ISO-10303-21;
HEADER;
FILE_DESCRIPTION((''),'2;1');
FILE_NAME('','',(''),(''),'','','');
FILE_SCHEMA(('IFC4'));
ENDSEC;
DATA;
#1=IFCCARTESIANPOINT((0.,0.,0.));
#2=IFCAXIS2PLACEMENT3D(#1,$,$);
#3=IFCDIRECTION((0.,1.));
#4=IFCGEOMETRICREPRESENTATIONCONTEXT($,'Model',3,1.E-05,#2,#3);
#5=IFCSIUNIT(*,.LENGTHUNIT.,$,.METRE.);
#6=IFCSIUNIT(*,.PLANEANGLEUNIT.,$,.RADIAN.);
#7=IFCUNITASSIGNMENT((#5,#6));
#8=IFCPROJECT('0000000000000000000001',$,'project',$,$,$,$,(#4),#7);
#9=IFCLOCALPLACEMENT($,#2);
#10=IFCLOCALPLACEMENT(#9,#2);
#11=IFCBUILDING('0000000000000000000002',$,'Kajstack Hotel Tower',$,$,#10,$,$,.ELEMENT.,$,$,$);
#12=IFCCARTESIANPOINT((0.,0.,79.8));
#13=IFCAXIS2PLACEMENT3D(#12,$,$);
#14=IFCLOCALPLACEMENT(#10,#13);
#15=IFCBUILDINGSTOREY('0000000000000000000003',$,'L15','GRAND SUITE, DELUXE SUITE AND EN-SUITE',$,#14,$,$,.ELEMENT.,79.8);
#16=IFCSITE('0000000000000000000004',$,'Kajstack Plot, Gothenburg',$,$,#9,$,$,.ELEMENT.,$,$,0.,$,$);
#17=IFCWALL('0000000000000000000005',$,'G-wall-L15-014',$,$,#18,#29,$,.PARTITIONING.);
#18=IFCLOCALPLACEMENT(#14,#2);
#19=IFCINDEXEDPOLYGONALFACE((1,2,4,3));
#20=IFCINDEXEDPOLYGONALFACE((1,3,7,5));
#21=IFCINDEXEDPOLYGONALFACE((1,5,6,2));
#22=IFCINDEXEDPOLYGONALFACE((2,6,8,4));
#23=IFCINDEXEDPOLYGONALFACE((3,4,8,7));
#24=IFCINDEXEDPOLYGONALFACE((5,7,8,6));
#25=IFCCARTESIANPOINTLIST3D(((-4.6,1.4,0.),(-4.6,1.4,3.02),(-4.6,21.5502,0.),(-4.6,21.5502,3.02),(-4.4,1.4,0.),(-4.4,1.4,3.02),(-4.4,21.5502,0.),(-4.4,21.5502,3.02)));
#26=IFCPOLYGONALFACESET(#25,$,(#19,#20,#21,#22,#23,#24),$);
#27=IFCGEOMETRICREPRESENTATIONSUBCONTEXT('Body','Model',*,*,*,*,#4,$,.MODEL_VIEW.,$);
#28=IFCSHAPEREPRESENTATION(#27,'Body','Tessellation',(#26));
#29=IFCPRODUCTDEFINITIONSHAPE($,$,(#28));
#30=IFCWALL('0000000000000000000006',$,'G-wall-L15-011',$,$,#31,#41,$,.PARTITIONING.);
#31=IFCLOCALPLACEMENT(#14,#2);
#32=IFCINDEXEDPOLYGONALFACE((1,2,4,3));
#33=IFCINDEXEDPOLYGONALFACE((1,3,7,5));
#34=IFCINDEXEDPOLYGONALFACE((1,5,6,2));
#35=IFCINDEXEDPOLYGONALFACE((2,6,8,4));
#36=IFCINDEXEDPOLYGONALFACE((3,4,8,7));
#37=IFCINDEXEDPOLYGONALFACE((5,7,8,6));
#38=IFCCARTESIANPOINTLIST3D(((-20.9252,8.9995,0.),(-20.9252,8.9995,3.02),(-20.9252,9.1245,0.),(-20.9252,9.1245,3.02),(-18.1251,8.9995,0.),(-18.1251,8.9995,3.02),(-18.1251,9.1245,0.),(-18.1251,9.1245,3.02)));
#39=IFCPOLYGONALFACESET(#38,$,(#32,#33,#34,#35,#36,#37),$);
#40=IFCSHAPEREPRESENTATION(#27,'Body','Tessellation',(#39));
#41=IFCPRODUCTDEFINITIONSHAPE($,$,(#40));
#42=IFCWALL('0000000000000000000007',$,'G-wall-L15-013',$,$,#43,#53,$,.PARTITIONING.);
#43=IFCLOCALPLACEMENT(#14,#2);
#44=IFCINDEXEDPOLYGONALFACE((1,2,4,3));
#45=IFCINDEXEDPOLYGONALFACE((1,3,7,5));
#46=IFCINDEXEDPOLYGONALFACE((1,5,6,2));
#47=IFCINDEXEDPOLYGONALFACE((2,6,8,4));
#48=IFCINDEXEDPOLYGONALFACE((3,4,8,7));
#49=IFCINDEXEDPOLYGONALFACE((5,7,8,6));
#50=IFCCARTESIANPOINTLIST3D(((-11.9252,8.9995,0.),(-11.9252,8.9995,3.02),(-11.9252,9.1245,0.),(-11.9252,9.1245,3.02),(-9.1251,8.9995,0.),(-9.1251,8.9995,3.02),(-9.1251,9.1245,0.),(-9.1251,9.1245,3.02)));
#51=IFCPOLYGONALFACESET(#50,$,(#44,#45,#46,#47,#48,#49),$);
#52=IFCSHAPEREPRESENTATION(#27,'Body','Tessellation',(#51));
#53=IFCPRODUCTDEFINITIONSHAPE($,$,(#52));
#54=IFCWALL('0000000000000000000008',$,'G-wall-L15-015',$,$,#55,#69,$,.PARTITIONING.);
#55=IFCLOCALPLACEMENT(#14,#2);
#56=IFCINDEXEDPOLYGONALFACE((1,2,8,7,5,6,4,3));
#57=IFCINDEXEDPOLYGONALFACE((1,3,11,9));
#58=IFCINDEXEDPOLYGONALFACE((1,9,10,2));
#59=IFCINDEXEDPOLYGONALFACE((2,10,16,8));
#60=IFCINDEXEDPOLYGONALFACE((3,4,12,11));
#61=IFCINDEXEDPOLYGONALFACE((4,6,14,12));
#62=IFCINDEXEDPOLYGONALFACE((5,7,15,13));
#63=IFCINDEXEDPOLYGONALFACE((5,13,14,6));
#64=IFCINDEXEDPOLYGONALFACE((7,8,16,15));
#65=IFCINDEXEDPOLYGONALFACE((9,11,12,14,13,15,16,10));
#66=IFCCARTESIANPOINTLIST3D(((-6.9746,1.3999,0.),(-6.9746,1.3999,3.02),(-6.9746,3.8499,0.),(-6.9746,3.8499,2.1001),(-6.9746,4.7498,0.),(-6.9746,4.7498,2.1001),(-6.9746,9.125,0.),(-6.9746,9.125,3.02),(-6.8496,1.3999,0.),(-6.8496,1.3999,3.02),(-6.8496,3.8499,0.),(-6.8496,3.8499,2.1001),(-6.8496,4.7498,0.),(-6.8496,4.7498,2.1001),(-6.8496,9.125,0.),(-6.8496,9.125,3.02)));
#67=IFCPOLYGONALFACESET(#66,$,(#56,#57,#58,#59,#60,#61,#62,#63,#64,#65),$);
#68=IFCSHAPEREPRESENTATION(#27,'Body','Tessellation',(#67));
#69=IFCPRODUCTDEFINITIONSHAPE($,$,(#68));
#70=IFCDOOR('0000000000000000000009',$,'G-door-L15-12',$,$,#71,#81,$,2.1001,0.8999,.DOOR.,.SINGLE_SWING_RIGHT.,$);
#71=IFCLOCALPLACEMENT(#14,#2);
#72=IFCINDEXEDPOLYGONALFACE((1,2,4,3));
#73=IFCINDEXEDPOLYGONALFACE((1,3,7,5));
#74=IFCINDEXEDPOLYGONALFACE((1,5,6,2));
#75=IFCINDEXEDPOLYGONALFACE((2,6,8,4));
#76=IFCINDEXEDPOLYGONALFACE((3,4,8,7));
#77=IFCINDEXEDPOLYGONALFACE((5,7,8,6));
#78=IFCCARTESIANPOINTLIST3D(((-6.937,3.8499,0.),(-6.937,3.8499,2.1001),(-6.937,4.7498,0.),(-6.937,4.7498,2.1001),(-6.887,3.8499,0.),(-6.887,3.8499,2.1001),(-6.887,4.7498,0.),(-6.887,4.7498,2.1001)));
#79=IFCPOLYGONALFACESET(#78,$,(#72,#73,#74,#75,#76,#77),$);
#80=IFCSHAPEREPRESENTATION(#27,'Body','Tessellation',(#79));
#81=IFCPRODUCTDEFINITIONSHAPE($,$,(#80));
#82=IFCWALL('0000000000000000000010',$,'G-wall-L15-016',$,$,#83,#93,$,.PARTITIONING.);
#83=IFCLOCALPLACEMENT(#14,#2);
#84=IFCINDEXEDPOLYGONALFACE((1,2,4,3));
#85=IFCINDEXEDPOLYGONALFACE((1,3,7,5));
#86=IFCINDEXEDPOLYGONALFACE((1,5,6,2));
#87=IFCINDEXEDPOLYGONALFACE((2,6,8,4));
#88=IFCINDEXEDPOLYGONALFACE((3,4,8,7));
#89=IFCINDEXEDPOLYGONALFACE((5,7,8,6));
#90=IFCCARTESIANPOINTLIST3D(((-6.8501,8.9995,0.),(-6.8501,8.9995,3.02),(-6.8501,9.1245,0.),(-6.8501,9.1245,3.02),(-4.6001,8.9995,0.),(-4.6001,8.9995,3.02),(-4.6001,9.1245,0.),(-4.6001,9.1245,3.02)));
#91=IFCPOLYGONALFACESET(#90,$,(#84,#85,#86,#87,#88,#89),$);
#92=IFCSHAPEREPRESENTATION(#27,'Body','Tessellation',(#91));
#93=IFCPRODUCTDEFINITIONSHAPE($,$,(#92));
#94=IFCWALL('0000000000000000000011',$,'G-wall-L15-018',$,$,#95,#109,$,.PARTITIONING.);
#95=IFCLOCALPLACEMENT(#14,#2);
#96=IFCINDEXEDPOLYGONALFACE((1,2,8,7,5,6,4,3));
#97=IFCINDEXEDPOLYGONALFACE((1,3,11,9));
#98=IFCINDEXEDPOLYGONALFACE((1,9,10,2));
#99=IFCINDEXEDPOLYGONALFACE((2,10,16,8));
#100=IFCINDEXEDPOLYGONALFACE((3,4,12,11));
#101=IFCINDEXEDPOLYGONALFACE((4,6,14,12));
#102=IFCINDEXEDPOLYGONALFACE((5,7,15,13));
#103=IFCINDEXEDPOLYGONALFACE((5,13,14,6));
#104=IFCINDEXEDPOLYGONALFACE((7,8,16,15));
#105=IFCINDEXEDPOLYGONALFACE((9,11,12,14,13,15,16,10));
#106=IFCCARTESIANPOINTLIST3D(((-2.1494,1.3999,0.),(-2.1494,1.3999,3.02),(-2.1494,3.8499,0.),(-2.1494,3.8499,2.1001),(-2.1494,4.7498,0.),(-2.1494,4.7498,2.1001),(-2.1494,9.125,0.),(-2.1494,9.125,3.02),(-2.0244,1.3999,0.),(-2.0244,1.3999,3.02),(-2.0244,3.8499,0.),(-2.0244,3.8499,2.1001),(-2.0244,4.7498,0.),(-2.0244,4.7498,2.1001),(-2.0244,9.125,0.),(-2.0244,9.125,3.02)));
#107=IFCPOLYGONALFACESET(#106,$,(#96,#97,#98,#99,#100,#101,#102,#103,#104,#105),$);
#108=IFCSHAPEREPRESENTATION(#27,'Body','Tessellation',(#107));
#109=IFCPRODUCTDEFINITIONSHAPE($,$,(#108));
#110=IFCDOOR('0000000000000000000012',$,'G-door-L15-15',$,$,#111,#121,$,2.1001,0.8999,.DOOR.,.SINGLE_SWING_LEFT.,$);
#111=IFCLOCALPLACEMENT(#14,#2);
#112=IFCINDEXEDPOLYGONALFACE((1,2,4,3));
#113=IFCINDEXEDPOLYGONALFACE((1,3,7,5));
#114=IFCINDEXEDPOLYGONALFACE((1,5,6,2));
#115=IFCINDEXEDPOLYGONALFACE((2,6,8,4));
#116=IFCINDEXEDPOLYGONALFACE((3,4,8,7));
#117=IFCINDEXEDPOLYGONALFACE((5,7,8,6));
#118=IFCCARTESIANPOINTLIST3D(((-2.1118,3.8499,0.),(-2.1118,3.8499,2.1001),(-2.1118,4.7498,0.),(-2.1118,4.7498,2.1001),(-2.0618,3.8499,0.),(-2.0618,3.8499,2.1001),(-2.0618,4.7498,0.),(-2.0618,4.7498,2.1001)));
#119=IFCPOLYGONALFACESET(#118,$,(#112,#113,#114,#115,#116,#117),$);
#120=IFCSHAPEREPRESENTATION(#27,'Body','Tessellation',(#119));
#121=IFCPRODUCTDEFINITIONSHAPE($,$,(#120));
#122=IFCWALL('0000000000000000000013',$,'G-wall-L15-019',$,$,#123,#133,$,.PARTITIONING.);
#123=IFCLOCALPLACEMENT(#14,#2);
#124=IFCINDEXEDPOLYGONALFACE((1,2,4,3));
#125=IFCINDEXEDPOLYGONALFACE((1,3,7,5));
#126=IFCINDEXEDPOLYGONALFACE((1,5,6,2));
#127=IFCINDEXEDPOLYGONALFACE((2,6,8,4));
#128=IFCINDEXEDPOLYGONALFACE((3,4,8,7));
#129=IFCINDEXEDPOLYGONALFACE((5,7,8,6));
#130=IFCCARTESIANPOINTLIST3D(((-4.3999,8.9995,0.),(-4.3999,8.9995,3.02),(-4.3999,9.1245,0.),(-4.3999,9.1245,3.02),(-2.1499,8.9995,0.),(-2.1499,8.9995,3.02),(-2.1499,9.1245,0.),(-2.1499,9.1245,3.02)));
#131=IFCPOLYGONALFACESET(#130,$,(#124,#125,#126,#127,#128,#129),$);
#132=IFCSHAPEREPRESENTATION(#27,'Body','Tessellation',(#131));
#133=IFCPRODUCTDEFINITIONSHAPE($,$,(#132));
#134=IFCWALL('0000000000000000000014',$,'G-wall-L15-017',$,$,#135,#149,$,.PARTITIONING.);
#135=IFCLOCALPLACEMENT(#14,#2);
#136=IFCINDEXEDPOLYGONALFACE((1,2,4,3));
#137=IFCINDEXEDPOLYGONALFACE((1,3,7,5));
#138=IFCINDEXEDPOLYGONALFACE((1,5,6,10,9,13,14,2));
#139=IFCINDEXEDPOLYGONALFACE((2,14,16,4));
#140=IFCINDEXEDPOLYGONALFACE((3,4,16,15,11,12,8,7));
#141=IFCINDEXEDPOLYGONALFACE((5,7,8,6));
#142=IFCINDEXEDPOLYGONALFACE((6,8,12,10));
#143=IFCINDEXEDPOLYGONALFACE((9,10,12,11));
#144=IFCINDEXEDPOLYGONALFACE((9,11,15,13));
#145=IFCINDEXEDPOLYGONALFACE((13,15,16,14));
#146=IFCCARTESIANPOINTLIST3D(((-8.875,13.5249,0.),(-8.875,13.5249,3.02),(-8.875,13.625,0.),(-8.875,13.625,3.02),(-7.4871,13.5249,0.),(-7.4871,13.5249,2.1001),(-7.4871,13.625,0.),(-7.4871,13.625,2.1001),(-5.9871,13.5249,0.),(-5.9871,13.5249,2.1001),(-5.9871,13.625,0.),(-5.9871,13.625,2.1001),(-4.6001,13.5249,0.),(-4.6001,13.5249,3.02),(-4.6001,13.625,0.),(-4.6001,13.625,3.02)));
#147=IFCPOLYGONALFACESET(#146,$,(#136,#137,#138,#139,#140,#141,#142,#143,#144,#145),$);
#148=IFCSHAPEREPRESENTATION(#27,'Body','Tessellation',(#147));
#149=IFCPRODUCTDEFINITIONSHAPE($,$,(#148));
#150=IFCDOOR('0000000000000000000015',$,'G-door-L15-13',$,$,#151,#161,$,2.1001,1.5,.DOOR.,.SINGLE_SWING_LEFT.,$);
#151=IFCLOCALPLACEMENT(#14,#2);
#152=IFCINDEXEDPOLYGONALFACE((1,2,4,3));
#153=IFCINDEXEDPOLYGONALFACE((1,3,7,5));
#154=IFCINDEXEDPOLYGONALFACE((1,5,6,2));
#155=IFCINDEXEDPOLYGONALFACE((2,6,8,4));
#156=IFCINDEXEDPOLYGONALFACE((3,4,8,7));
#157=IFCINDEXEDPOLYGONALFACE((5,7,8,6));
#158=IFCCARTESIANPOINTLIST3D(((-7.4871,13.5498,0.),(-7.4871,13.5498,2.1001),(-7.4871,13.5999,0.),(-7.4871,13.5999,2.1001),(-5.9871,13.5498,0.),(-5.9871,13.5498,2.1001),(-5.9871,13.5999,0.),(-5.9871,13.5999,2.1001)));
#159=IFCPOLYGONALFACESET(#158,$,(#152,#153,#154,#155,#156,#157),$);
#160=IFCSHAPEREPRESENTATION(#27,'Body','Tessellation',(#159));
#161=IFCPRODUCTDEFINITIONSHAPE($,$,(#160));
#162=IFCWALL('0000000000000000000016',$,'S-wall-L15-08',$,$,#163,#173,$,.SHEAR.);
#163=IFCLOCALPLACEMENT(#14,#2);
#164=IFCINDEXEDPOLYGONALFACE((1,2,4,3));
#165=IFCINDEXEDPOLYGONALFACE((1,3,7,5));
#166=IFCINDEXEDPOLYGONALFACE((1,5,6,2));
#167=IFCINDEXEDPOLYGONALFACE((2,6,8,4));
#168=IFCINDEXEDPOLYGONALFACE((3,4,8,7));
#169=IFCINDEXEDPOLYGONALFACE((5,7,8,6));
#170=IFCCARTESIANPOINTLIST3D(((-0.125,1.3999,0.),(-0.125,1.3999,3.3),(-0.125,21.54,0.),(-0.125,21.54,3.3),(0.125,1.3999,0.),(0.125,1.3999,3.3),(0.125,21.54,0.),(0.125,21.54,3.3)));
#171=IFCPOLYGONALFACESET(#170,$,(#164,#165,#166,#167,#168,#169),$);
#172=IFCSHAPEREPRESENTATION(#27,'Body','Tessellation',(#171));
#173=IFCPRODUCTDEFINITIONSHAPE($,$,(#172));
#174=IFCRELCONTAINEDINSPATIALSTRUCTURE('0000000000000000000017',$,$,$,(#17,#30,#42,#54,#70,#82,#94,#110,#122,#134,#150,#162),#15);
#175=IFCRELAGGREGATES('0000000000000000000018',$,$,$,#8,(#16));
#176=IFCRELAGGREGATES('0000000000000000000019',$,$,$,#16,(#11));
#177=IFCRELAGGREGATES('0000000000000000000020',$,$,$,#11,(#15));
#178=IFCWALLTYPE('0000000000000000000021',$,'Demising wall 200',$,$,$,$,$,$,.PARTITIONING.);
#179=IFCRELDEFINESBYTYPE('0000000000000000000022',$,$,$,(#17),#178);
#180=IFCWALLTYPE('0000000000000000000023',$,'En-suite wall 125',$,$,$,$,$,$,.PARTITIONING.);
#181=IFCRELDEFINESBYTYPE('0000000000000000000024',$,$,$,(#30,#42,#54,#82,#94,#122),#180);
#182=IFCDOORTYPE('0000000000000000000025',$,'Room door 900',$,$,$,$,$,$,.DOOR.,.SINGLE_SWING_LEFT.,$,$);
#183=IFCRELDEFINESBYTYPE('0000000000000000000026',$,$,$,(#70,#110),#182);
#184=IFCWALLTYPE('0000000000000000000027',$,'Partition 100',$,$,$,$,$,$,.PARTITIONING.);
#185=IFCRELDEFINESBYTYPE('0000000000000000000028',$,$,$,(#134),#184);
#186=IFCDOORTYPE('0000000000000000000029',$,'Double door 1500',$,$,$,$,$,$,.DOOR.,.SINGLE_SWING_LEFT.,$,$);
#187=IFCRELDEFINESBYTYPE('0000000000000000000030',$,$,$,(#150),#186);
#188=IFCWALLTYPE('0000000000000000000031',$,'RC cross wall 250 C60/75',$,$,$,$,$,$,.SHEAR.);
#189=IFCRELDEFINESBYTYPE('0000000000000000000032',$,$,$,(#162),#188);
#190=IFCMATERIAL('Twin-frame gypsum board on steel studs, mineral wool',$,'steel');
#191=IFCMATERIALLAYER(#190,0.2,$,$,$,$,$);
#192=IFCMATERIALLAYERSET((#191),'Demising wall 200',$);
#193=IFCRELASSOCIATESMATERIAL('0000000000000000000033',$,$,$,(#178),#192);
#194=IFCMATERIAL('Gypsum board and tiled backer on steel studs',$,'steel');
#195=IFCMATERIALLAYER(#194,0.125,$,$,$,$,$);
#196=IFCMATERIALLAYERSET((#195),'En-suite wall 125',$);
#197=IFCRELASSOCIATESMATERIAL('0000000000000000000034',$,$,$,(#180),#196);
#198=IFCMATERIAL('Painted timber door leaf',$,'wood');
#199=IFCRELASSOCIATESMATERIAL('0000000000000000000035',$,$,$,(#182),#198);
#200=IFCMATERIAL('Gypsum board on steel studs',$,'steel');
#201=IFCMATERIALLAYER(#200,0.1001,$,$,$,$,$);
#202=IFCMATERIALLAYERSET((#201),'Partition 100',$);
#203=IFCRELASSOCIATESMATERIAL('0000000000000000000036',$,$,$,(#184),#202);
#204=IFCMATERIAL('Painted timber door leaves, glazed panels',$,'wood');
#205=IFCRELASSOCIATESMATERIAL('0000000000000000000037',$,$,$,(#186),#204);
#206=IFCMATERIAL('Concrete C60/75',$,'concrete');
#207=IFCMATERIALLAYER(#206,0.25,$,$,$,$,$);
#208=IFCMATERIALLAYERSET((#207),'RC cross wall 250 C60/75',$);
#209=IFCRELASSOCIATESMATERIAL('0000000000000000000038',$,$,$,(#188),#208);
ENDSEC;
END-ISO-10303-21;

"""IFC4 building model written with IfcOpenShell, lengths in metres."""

from ifc_helpers import new_model, si_unit, direction, frame, frame_2d, origin, place, context, subcontext, project, spatial, rectangle, extrude, material, layer, layer_set, type_object, element, fill, save


model = new_model("IFC4")

# Units and contexts
model_context = context("Model", 3, precision=1e-05, world=origin(), true_north=direction((0.0, 1.0)))
body_context = subcontext(model_context, "Body", "Model", "MODEL_VIEW")
ifc_project = project(units=[si_unit("LENGTHUNIT", "METRE"), si_unit("PLANEANGLEUNIT", "RADIAN")], contexts=[model_context])

# Site, building, storey
site_placement = place(None, origin())
site = spatial("IfcSite", under=ifc_project, at=site_placement, Name="Kajstack Plot, Gothenburg", CompositionType="ELEMENT", RefElevation=0.0)
building_placement = place(site_placement, origin())
building = spatial("IfcBuilding", under=site, at=building_placement, Name="Kajstack Hotel Tower", CompositionType="ELEMENT")
storey_placement = place(building_placement, frame((0.0, 0.0, 79.8)))
storey = spatial("IfcBuildingStorey", under=building, at=storey_placement, Name="L15", Description="GRAND SUITE, DELUXE SUITE AND EN-SUITE", CompositionType="ELEMENT", Elevation=79.8)

# Walls
ifc_material_1 = material(Name="Twin-frame gypsum board on steel studs, mineral wool", Category="steel")
ifc_layer_1 = layer(ifc_material_1, 0.2)
ifc_layer_set_1 = layer_set([ifc_layer_1], Name="Demising wall 200")
wall_type_1 = type_object("IfcWallType", Name="Demising wall 200", PredefinedType="PARTITIONING", material=ifc_layer_set_1)
wall_1_placement = place(storey_placement, frame((-4.5, 1.3999, 0.0), z_axis=(0.0, 0.0, 1.0), x_axis=(0.0, 1.0, 0.0)))
element("IfcWall", 1, at=wall_1_placement, inside=storey, type_object=wall_type_1, Name="G-wall-L15-014", PredefinedType="PARTITIONING", context=body_context, shape_type="SweptSolid", body=[
    extrude(rectangle(XDim=20.1501, YDim=0.2, at=frame_2d((10.0752, 0.0))), origin(), (0.0, 0.0, 1.0), 3.02),
])
ifc_material_2 = material(Name="Gypsum board and tiled backer on steel studs", Category="steel")
ifc_layer_2 = layer(ifc_material_2, 0.125)
ifc_layer_set_2 = layer_set([ifc_layer_2], Name="En-suite wall 125")
wall_type_2 = type_object("IfcWallType", Name="En-suite wall 125", PredefinedType="PARTITIONING", material=ifc_layer_set_2)
for number, where, z_axis, x_axis, name in (
    (2, (-20.925, 9.062, 0.0), (0.0, 0.0, 1.0), (1.0, 0.0, 0.0), "G-wall-L15-011"),
    (3, (-11.925, 9.062, 0.0), (0.0, 0.0, 1.0), (1.0, 0.0, 0.0), "G-wall-L15-013"),
):
    element("IfcWall", number, at=place(storey_placement, frame(where, z_axis=z_axis, x_axis=x_axis)), inside=storey, type_object=wall_type_2, Name=name, PredefinedType="PARTITIONING", context=body_context, shape_type="SweptSolid", body=[
        extrude(rectangle(XDim=2.8, YDim=0.125, at=frame_2d((1.3999, 0.0))), origin(), (0.0, 0.0, 1.0), 3.02),
    ])

# Wall, opening, door
wall_2_placement = place(storey_placement, frame((-6.9121, 1.3999, 0.0), z_axis=(0.0, 0.0, 1.0), x_axis=(0.0, 1.0, 0.0)))
wall_2 = element("IfcWall", 4, at=wall_2_placement, inside=storey, type_object=wall_type_2, Name="G-wall-L15-015", PredefinedType="PARTITIONING", context=body_context, shape_type="SweptSolid", body=[
    extrude(rectangle(XDim=7.7251, YDim=0.125, at=frame_2d((3.8625, 0.0))), origin(), (0.0, 0.0, 1.0), 3.02),
])
opening_1_placement = place(wall_2_placement, frame((2.45, 0.0, 0.0)))
opening_1 = element("IfcOpeningElement", 5, at=opening_1_placement, cuts=wall_2, PredefinedType="OPENING", context=body_context, shape_type="SweptSolid", body=[
    extrude(rectangle(XDim=0.8999, YDim=2.1001, at=frame_2d((0.45, 1.05))), frame((0.0, 0.0725, 0.0), z_axis=(0.0, -1.0, 0.0), x_axis=(1.0, 0.0, 0.0)), (0.0, 0.0, 1.0), 0.145),
])
ifc_material_3 = material(Name="Painted timber door leaf", Category="wood")
door_type_1 = type_object("IfcDoorType", Name="Room door 900", OperationType="SINGLE_SWING_LEFT", PredefinedType="DOOR", material=ifc_material_3)
door_1_placement = place(opening_1_placement, origin())
door_1 = element("IfcDoor", 6, at=door_1_placement, inside=storey, type_object=door_type_1, Name="G-door-L15-12", OperationType="SINGLE_SWING_RIGHT", OverallHeight=2.1001, OverallWidth=0.8999, PredefinedType="DOOR", context=body_context, shape_type="SweptSolid", body=[
    extrude(rectangle(XDim=0.8999, YDim=2.1001, at=frame_2d((0.45, 1.05))), frame((0.0, 0.0249, 0.0), z_axis=(0.0, -1.0, 0.0), x_axis=(1.0, 0.0, 0.0)), (0.0, 0.0, 1.0), 0.05),
])
fill(opening_1, door_1)

# Wall
wall_3_placement = place(storey_placement, frame((-6.8501, 9.062, 0.0), z_axis=(0.0, 0.0, 1.0), x_axis=(1.0, 0.0, 0.0)))
element("IfcWall", 7, at=wall_3_placement, inside=storey, type_object=wall_type_2, Name="G-wall-L15-016", PredefinedType="PARTITIONING", context=body_context, shape_type="SweptSolid", body=[
    extrude(rectangle(XDim=2.25, YDim=0.125, at=frame_2d((1.125, 0.0))), origin(), (0.0, 0.0, 1.0), 3.02),
])

# Wall, opening, door
wall_4_placement = place(storey_placement, frame((-2.0869, 1.3999, 0.0), z_axis=(0.0, 0.0, 1.0), x_axis=(0.0, 1.0, 0.0)))
wall_4 = element("IfcWall", 8, at=wall_4_placement, inside=storey, type_object=wall_type_2, Name="G-wall-L15-018", PredefinedType="PARTITIONING", context=body_context, shape_type="SweptSolid", body=[
    extrude(rectangle(XDim=7.7251, YDim=0.125, at=frame_2d((3.8625, 0.0))), origin(), (0.0, 0.0, 1.0), 3.02),
])
opening_2_placement = place(wall_4_placement, frame((2.45, 0.0, 0.0)))
opening_2 = element("IfcOpeningElement", 9, at=opening_2_placement, cuts=wall_4, PredefinedType="OPENING", context=body_context, shape_type="SweptSolid", body=[
    extrude(rectangle(XDim=0.8999, YDim=2.1001, at=frame_2d((0.45, 1.05))), frame((0.0, 0.0725, 0.0), z_axis=(0.0, -1.0, 0.0), x_axis=(1.0, 0.0, 0.0)), (0.0, 0.0, 1.0), 0.145),
])
door_2_placement = place(opening_2_placement, origin())
door_2 = element("IfcDoor", 10, at=door_2_placement, inside=storey, type_object=door_type_1, Name="G-door-L15-15", OperationType="SINGLE_SWING_LEFT", OverallHeight=2.1001, OverallWidth=0.8999, PredefinedType="DOOR", context=body_context, shape_type="SweptSolid", body=[
    extrude(rectangle(XDim=0.8999, YDim=2.1001, at=frame_2d((0.45, 1.05))), frame((0.0, 0.0249, 0.0), z_axis=(0.0, -1.0, 0.0), x_axis=(1.0, 0.0, 0.0)), (0.0, 0.0, 1.0), 0.05),
])
fill(opening_2, door_2)

# Wall
wall_5_placement = place(storey_placement, frame((-4.3999, 9.062, 0.0), z_axis=(0.0, 0.0, 1.0), x_axis=(1.0, 0.0, 0.0)))
element("IfcWall", 11, at=wall_5_placement, inside=storey, type_object=wall_type_2, Name="G-wall-L15-019", PredefinedType="PARTITIONING", context=body_context, shape_type="SweptSolid", body=[
    extrude(rectangle(XDim=2.25, YDim=0.125, at=frame_2d((1.125, 0.0))), origin(), (0.0, 0.0, 1.0), 3.02),
])

# Wall, opening, door
ifc_material_4 = material(Name="Gypsum board on steel studs", Category="steel")
ifc_layer_3 = layer(ifc_material_4, 0.1001)
ifc_layer_set_3 = layer_set([ifc_layer_3], Name="Partition 100")
wall_type_3 = type_object("IfcWallType", Name="Partition 100", PredefinedType="PARTITIONING", material=ifc_layer_set_3)
wall_6_placement = place(storey_placement, frame((-8.875, 13.575, 0.0), z_axis=(0.0, 0.0, 1.0), x_axis=(1.0, 0.0, 0.0)))
wall_6 = element("IfcWall", 12, at=wall_6_placement, inside=storey, type_object=wall_type_3, Name="G-wall-L15-017", PredefinedType="PARTITIONING", context=body_context, shape_type="SweptSolid", body=[
    extrude(rectangle(XDim=4.2749, YDim=0.1001, at=frame_2d((2.1375, 0.0))), origin(), (0.0, 0.0, 1.0), 3.02),
])
opening_3_placement = place(wall_6_placement, frame((1.3879, 0.0, 0.0)))
opening_3 = element("IfcOpeningElement", 13, at=opening_3_placement, cuts=wall_6, PredefinedType="OPENING", context=body_context, shape_type="SweptSolid", body=[
    extrude(rectangle(XDim=1.5, YDim=2.1001, at=frame_2d((0.75, 1.05))), frame((0.0, 0.0601, 0.0), z_axis=(0.0, -1.0, 0.0), x_axis=(1.0, 0.0, 0.0)), (0.0, 0.0, 1.0), 0.1201),
])
ifc_material_5 = material(Name="Painted timber door leaves, glazed panels", Category="wood")
door_type_2 = type_object("IfcDoorType", Name="Double door 1500", OperationType="SINGLE_SWING_LEFT", PredefinedType="DOOR", material=ifc_material_5)
door_3_placement = place(opening_3_placement, origin())
door_3 = element("IfcDoor", 14, at=door_3_placement, inside=storey, type_object=door_type_2, Name="G-door-L15-13", OperationType="SINGLE_SWING_LEFT", OverallHeight=2.1001, OverallWidth=1.5, PredefinedType="DOOR", context=body_context, shape_type="SweptSolid", body=[
    extrude(rectangle(XDim=1.5, YDim=2.1001, at=frame_2d((0.75, 1.05))), frame((0.0, 0.0249, 0.0), z_axis=(0.0, -1.0, 0.0), x_axis=(1.0, 0.0, 0.0)), (0.0, 0.0, 1.0), 0.05),
])
fill(opening_3, door_3)

# Wall
ifc_material_6 = material(Name="Concrete C60/75", Category="concrete")
ifc_layer_4 = layer(ifc_material_6, 0.25)
ifc_layer_set_4 = layer_set([ifc_layer_4], Name="RC cross wall 250 C60/75")
wall_type_4 = type_object("IfcWallType", Name="RC cross wall 250 C60/75", PredefinedType="SHEAR", material=ifc_layer_set_4)
wall_7_placement = place(storey_placement, frame((0.0, 1.3999, 0.0), z_axis=(0.0, 0.0, 1.0), x_axis=(0.0, 1.0, 0.0)))
element("IfcWall", 15, at=wall_7_placement, inside=storey, type_object=wall_type_4, Name="S-wall-L15-08", PredefinedType="SHEAR", context=body_context, shape_type="SweptSolid", body=[
    extrude(rectangle(XDim=20.1401, YDim=0.25, at=frame_2d((10.0701, 0.0))), origin(), (0.0, 0.0, 1.0), 3.3),
])

save(model, "model.ifc")
